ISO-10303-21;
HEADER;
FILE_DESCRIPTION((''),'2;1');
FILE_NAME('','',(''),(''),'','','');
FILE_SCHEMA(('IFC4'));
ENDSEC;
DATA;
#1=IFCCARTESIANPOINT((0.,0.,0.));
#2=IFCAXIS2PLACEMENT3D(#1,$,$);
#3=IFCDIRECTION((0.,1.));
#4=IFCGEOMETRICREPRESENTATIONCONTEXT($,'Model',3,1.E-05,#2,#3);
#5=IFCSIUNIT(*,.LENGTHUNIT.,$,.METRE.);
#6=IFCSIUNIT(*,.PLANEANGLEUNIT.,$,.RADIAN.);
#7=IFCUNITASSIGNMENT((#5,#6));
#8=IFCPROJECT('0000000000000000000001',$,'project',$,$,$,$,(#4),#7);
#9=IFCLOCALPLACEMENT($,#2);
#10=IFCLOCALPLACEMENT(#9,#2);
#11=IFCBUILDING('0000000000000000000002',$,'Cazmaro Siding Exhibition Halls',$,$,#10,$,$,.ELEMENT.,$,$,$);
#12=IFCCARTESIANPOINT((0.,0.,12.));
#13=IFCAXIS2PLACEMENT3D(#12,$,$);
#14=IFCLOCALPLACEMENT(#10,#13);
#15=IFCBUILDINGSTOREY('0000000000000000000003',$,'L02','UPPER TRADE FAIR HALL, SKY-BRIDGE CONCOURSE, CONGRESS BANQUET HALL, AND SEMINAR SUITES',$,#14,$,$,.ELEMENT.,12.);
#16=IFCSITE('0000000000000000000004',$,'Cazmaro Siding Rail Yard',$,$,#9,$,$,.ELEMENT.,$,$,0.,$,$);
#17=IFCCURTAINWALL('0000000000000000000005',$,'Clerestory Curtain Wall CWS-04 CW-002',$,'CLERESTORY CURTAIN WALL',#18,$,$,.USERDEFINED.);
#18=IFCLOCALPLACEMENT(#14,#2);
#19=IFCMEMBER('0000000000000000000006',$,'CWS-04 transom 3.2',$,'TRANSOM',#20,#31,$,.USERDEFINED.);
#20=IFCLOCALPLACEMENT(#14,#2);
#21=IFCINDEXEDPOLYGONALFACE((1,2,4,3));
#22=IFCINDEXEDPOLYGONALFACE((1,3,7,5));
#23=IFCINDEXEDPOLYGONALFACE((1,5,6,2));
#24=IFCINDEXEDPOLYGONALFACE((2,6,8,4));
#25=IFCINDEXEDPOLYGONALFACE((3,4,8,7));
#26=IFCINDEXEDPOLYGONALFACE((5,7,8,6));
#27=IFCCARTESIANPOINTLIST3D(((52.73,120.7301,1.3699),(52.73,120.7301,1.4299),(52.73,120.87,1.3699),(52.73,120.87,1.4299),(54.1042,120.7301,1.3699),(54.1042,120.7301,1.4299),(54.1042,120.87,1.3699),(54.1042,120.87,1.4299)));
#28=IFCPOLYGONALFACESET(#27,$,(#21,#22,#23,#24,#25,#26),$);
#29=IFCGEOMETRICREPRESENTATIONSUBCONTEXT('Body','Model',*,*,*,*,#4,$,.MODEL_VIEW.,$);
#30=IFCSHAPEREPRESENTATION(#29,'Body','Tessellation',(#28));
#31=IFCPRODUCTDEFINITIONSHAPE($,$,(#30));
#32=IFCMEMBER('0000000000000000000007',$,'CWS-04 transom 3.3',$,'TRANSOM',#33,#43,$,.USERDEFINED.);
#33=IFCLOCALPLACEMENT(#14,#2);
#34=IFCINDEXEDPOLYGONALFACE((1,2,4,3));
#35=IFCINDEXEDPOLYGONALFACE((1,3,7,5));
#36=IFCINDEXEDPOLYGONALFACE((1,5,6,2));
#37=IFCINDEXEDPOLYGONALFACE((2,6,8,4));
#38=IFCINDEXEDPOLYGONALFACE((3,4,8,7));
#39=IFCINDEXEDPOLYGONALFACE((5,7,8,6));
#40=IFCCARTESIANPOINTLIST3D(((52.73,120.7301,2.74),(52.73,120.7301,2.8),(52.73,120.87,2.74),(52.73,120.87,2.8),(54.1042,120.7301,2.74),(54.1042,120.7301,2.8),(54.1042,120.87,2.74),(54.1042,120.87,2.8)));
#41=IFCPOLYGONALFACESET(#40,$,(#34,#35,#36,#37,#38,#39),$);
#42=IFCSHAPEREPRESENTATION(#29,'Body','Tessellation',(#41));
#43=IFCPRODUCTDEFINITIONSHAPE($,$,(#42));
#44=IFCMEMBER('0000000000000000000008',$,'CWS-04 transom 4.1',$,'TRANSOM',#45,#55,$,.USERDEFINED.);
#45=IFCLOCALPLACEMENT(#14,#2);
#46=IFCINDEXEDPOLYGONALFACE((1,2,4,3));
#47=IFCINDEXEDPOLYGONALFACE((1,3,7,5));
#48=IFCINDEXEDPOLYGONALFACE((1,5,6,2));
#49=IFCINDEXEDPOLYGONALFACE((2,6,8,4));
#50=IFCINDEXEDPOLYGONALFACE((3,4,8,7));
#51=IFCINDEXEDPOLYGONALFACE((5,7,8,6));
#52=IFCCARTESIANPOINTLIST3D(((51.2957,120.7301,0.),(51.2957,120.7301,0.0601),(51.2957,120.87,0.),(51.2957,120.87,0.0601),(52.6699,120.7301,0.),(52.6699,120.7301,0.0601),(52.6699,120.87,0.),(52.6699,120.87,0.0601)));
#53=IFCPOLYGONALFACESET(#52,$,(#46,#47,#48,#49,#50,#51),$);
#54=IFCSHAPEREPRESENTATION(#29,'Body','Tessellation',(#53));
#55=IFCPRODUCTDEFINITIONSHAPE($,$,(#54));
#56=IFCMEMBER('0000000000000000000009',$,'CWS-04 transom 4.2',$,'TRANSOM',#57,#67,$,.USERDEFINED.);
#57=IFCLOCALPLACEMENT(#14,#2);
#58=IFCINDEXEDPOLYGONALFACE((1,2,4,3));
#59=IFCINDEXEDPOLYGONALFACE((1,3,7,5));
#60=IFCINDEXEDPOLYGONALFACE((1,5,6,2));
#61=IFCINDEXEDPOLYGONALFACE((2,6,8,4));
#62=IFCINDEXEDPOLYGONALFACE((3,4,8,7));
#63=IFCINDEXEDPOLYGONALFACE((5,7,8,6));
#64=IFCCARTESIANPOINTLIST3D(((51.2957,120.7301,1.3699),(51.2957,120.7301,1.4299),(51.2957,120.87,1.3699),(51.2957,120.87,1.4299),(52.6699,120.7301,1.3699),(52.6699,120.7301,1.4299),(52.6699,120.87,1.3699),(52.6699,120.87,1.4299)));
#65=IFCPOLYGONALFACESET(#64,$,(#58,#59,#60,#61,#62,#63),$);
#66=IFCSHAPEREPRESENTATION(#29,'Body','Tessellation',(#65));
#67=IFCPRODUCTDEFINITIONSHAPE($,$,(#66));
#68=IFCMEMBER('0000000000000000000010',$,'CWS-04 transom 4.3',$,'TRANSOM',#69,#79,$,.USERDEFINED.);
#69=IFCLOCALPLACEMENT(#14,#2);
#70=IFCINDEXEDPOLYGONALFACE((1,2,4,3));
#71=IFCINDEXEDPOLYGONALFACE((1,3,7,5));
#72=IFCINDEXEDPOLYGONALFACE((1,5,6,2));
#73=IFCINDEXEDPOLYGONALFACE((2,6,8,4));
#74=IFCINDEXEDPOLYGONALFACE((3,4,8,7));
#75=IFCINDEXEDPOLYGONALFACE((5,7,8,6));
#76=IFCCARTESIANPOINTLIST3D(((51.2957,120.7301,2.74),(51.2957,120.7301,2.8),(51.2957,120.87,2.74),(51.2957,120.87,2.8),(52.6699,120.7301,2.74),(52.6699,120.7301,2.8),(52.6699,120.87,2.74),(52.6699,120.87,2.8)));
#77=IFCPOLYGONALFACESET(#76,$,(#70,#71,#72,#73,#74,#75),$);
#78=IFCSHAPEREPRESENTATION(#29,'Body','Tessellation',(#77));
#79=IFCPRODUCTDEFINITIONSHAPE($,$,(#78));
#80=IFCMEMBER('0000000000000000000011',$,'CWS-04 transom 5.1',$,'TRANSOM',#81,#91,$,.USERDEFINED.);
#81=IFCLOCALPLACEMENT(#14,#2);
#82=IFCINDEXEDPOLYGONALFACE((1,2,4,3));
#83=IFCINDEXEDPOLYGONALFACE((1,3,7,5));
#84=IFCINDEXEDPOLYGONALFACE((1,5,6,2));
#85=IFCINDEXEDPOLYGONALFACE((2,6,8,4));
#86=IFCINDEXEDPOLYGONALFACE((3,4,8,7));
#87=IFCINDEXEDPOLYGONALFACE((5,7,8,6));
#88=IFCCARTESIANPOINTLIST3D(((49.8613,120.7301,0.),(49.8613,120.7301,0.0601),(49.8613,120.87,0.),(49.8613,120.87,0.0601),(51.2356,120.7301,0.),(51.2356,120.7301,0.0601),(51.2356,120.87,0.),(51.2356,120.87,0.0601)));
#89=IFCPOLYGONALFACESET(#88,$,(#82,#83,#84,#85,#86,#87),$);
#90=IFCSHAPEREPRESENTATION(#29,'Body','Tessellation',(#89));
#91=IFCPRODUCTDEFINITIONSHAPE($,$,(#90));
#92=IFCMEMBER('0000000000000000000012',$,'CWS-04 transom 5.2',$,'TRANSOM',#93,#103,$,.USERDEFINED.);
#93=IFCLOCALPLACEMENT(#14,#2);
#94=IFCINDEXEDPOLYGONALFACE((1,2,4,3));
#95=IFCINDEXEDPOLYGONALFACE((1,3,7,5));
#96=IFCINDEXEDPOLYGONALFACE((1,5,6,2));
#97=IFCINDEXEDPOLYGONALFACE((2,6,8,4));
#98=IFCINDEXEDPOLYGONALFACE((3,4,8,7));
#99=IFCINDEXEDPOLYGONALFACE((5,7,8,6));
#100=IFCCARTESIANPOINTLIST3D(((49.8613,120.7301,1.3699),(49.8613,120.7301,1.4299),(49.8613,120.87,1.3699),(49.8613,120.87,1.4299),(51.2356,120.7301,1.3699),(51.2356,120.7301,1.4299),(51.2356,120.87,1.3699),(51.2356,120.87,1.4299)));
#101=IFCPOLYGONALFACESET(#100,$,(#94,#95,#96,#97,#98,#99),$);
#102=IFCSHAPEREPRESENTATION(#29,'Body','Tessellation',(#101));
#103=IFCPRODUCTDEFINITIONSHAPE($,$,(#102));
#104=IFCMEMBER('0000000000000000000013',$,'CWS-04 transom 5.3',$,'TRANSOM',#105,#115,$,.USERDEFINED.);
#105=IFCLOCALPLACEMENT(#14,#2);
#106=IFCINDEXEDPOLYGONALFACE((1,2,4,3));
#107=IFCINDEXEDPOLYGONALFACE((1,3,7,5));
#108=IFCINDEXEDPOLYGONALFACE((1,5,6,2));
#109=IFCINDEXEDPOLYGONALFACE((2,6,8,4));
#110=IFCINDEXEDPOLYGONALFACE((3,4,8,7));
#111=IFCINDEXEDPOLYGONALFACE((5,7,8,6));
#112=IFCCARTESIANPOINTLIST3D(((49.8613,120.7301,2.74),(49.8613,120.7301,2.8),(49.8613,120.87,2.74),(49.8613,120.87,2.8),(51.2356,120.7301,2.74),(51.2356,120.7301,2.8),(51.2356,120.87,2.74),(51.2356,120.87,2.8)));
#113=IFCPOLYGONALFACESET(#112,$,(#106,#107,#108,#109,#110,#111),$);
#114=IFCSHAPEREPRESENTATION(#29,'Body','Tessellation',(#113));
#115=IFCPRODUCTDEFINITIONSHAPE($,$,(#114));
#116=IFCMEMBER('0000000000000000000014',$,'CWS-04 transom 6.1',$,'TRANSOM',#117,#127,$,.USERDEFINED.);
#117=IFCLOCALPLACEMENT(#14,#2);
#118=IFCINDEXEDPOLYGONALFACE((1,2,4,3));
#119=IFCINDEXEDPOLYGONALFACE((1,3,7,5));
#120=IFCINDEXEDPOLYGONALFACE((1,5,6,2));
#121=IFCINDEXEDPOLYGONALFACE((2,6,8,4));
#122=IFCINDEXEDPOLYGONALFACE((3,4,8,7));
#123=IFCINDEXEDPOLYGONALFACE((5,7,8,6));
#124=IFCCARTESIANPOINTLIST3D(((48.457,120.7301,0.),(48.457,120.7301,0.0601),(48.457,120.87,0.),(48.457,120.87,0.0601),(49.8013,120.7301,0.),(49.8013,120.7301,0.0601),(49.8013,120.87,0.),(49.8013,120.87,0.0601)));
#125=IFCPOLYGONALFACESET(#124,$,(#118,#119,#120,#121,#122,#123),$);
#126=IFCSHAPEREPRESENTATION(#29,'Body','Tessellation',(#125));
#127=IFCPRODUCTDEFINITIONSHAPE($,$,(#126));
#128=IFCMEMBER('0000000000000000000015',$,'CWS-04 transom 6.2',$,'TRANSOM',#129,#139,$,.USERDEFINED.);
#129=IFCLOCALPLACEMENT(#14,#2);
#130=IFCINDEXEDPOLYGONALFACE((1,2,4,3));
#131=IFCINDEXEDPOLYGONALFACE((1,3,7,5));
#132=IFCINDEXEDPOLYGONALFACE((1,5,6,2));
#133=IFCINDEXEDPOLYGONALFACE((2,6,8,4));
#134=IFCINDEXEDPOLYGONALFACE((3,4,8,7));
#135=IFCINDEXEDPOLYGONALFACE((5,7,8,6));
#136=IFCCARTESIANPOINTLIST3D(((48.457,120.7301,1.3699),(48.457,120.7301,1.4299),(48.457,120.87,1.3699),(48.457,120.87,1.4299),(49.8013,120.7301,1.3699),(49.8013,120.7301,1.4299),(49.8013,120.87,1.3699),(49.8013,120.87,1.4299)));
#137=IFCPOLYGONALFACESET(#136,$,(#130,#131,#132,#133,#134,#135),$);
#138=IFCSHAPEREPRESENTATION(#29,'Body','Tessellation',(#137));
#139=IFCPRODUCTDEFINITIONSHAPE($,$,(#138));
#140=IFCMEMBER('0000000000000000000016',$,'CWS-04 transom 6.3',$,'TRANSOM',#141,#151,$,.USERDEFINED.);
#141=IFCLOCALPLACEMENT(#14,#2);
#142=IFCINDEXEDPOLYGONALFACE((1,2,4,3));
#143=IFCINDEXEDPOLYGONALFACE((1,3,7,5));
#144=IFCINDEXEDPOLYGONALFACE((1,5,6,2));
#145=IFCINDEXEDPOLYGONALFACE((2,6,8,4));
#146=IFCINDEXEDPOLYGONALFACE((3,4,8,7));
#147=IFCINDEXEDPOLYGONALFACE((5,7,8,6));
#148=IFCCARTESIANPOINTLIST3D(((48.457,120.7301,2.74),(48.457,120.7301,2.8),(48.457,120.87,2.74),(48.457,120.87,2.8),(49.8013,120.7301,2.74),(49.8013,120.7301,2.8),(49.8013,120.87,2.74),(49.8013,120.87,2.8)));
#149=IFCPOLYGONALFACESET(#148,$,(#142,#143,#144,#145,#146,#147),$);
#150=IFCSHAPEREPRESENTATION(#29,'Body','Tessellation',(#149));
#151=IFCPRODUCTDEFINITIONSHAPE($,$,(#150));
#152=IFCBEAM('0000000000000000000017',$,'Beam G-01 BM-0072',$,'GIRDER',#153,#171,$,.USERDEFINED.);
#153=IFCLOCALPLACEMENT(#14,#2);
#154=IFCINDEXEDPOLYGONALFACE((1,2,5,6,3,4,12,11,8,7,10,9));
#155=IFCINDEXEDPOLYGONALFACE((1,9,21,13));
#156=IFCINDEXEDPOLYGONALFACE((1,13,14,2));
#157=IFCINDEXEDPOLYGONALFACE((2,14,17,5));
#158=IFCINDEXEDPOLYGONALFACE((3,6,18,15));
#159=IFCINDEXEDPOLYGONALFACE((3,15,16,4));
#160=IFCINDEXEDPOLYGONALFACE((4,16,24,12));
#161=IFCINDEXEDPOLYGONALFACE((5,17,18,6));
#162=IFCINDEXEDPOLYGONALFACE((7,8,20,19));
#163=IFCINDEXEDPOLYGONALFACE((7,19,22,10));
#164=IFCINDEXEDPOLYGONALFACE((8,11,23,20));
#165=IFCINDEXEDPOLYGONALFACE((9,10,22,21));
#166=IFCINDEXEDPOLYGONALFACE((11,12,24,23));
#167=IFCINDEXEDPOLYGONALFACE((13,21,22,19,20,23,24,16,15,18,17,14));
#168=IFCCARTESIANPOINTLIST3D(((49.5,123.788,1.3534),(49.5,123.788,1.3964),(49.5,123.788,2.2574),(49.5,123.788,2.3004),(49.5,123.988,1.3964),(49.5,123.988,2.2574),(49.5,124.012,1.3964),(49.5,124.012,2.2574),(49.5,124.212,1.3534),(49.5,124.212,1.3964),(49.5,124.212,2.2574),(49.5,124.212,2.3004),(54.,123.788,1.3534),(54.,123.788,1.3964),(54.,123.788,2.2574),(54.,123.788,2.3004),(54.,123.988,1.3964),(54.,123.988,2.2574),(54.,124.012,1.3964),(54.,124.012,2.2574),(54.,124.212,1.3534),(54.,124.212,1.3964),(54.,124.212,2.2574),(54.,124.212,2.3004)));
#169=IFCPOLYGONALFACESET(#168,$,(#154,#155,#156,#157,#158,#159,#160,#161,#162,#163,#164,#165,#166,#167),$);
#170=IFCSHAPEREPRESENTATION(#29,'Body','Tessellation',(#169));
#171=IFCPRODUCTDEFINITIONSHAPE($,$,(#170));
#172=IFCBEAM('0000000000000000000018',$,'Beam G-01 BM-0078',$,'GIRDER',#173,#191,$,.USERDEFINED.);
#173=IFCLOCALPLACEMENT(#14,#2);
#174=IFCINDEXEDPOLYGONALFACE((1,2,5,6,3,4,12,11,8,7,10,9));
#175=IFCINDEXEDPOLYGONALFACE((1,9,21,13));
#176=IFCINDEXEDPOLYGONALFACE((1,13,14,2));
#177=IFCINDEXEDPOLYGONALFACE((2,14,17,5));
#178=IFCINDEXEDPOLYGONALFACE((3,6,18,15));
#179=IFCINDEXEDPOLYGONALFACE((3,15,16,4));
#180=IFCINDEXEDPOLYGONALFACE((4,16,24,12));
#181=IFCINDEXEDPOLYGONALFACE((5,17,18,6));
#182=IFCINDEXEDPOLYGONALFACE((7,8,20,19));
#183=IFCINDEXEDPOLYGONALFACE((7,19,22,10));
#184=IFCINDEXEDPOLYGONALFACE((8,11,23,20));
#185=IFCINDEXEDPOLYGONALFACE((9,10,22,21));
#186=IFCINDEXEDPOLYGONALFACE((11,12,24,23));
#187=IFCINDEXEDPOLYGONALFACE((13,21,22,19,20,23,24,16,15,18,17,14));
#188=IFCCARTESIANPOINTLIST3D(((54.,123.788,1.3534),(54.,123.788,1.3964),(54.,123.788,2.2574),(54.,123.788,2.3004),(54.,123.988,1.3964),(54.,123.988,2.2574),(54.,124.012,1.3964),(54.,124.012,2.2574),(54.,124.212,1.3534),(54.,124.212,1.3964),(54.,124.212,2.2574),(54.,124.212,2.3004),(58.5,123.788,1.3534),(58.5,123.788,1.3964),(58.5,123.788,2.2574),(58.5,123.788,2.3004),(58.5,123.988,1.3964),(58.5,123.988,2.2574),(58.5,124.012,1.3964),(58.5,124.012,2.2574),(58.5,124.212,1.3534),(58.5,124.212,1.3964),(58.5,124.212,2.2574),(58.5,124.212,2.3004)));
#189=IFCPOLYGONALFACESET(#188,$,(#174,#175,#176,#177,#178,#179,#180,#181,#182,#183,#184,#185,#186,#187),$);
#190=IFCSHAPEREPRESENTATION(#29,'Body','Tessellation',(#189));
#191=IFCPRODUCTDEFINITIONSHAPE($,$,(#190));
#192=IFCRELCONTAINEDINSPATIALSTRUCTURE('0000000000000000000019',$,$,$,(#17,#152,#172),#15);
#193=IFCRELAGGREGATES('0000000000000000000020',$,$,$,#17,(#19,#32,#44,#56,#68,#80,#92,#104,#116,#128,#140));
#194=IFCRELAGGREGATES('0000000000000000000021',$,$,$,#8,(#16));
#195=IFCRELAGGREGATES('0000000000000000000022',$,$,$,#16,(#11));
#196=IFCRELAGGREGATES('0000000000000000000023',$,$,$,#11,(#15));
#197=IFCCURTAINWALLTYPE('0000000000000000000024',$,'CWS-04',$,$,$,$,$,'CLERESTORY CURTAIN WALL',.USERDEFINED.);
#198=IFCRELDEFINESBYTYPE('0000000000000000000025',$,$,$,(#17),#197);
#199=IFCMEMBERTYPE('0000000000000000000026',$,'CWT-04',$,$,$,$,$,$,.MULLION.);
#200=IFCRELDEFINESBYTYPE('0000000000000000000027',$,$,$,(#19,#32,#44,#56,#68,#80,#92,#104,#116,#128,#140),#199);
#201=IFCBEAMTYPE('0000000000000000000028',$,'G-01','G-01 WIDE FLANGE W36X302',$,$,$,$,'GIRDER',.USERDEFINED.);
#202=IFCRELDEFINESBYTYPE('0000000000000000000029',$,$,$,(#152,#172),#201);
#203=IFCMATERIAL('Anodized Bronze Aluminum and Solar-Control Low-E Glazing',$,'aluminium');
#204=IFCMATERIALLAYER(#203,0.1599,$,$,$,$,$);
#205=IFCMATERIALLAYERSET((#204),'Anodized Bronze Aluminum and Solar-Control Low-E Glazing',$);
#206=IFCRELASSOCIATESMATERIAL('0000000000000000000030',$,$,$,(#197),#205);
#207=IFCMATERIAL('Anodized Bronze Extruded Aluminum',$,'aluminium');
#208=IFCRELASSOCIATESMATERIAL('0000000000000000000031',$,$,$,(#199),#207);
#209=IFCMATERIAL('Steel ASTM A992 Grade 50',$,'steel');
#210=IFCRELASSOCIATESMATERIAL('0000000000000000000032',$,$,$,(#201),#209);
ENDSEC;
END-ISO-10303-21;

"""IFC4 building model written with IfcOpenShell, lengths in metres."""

from ifc_helpers import new_model, si_unit, direction, frame, origin, origin_2d, place, context, subcontext, project, spatial, rectangle, i_section, extrude, material, layer, layer_set, material_profile, profile_set, type_object, element, aggregate, save


model = new_model("IFC4")

# Units and contexts
model_context = context("Model", 3, precision=1e-05, world=origin(), true_north=direction((0.0, 1.0)))
body_context = subcontext(model_context, "Body", "Model", "MODEL_VIEW")
ifc_project = project(units=[si_unit("LENGTHUNIT", "METRE"), si_unit("PLANEANGLEUNIT", "RADIAN")], contexts=[model_context])

# Site, building, storey
site_placement = place(None, origin())
site = spatial("IfcSite", under=ifc_project, at=site_placement, Name="Cazmaro Siding Rail Yard", CompositionType="ELEMENT", RefElevation=0.0)
building_placement = place(site_placement, origin())
building = spatial("IfcBuilding", under=site, at=building_placement, Name="Cazmaro Siding Exhibition Halls", CompositionType="ELEMENT")
storey_placement = place(building_placement, frame((0.0, 0.0, 12.0)))
storey = spatial("IfcBuildingStorey", under=building, at=storey_placement, Name="L02", Description="UPPER TRADE FAIR HALL, SKY-BRIDGE CONCOURSE, CONGRESS BANQUET HALL, AND SEMINAR SUITES", CompositionType="ELEMENT", Elevation=12.0)

# Curtain wall, members
ifc_material_1 = material(Name="Anodized Bronze Aluminum and Solar-Control Low-E Glazing", Category="aluminium")
ifc_layer_1 = layer(ifc_material_1, 0.1599)
ifc_layer_set_1 = layer_set([ifc_layer_1], Name="Anodized Bronze Aluminum and Solar-Control Low-E Glazing")
curtain_wall_type = type_object("IfcCurtainWallType", Name="CWS-04", ElementType="CLERESTORY CURTAIN WALL", PredefinedType="USERDEFINED", material=ifc_layer_set_1)
curtain_wall_placement = place(storey_placement, origin())
curtain_wall = element("IfcCurtainWall", 1, at=curtain_wall_placement, inside=storey, type_object=curtain_wall_type, Name="Clerestory Curtain Wall CWS-04 CW-002", ObjectType="CLERESTORY CURTAIN WALL", PredefinedType="USERDEFINED")
ifc_material_2 = material(Name="Anodized Bronze Extruded Aluminum", Category="aluminium")
ifc_material_profile_1 = material_profile(ifc_material_2, rectangle(XDim=0.1399, YDim=0.0601, at=origin_2d()), Name="CWT-04")
ifc_profile_set_1 = profile_set([ifc_material_profile_1], Name="Anodized Bronze Extruded Aluminum")
member_type_1 = type_object("IfcMemberType", Name="CWT-04", PredefinedType="MULLION", material=ifc_profile_set_1)
member_1_placement = place(storey_placement, frame((54.1042, 120.8, 1.3999), z_axis=(-1.0, 0.0, 0.0), x_axis=(0.0, -1.0, 0.0)))
member_1 = element("IfcMember", 2, at=member_1_placement, type_object=member_type_1, Name="CWS-04 transom 3.2", ObjectType="TRANSOM", PredefinedType="USERDEFINED", context=body_context, shape_type="SweptSolid", body=[
    extrude(rectangle(XDim=0.1399, YDim=0.0601, at=origin_2d()), origin(), (0.0, 0.0, 1.0), 1.3743),
])
member_2_placement = place(storey_placement, frame((54.1042, 120.8, 2.77), z_axis=(-1.0, 0.0, 0.0), x_axis=(0.0, -1.0, 0.0)))
member_2 = element("IfcMember", 3, at=member_2_placement, type_object=member_type_1, Name="CWS-04 transom 3.3", ObjectType="TRANSOM", PredefinedType="USERDEFINED", context=body_context, shape_type="SweptSolid", body=[
    extrude(rectangle(XDim=0.1399, YDim=0.0601, at=origin_2d()), origin(), (0.0, 0.0, 1.0), 1.3743),
])
member_3_placement = place(storey_placement, frame((52.6699, 120.8, 0.03), z_axis=(-1.0, 0.0, 0.0), x_axis=(0.0, -1.0, 0.0)))
member_3 = element("IfcMember", 4, at=member_3_placement, type_object=member_type_1, Name="CWS-04 transom 4.1", ObjectType="TRANSOM", PredefinedType="USERDEFINED", context=body_context, shape_type="SweptSolid", body=[
    extrude(rectangle(XDim=0.1399, YDim=0.0601, at=origin_2d()), origin(), (0.0, 0.0, 1.0), 1.3743),
])
member_4_placement = place(storey_placement, frame((52.6699, 120.8, 1.3999), z_axis=(-1.0, 0.0, 0.0), x_axis=(0.0, -1.0, 0.0)))
member_4 = element("IfcMember", 5, at=member_4_placement, type_object=member_type_1, Name="CWS-04 transom 4.2", ObjectType="TRANSOM", PredefinedType="USERDEFINED", context=body_context, shape_type="SweptSolid", body=[
    extrude(rectangle(XDim=0.1399, YDim=0.0601, at=origin_2d()), origin(), (0.0, 0.0, 1.0), 1.3743),
])
member_5_placement = place(storey_placement, frame((52.6699, 120.8, 2.77), z_axis=(-1.0, 0.0, 0.0), x_axis=(0.0, -1.0, 0.0)))
member_5 = element("IfcMember", 6, at=member_5_placement, type_object=member_type_1, Name="CWS-04 transom 4.3", ObjectType="TRANSOM", PredefinedType="USERDEFINED", context=body_context, shape_type="SweptSolid", body=[
    extrude(rectangle(XDim=0.1399, YDim=0.0601, at=origin_2d()), origin(), (0.0, 0.0, 1.0), 1.3743),
])
member_6_placement = place(storey_placement, frame((51.2356, 120.8, 0.03), z_axis=(-1.0, 0.0, 0.0), x_axis=(0.0, -1.0, 0.0)))
member_6 = element("IfcMember", 7, at=member_6_placement, type_object=member_type_1, Name="CWS-04 transom 5.1", ObjectType="TRANSOM", PredefinedType="USERDEFINED", context=body_context, shape_type="SweptSolid", body=[
    extrude(rectangle(XDim=0.1399, YDim=0.0601, at=origin_2d()), origin(), (0.0, 0.0, 1.0), 1.3743),
])
member_7_placement = place(storey_placement, frame((51.2356, 120.8, 1.3999), z_axis=(-1.0, 0.0, 0.0), x_axis=(0.0, -1.0, 0.0)))
member_7 = element("IfcMember", 8, at=member_7_placement, type_object=member_type_1, Name="CWS-04 transom 5.2", ObjectType="TRANSOM", PredefinedType="USERDEFINED", context=body_context, shape_type="SweptSolid", body=[
    extrude(rectangle(XDim=0.1399, YDim=0.0601, at=origin_2d()), origin(), (0.0, 0.0, 1.0), 1.3743),
])
member_8_placement = place(storey_placement, frame((51.2356, 120.8, 2.77), z_axis=(-1.0, 0.0, 0.0), x_axis=(0.0, -1.0, 0.0)))
member_8 = element("IfcMember", 9, at=member_8_placement, type_object=member_type_1, Name="CWS-04 transom 5.3", ObjectType="TRANSOM", PredefinedType="USERDEFINED", context=body_context, shape_type="SweptSolid", body=[
    extrude(rectangle(XDim=0.1399, YDim=0.0601, at=origin_2d()), origin(), (0.0, 0.0, 1.0), 1.3743),
])
member_9_placement = place(storey_placement, frame((49.8013, 120.8, 0.03), z_axis=(-1.0, 0.0, 0.0), x_axis=(0.0, -1.0, 0.0)))
member_9 = element("IfcMember", 10, at=member_9_placement, type_object=member_type_1, Name="CWS-04 transom 6.1", ObjectType="TRANSOM", PredefinedType="USERDEFINED", context=body_context, shape_type="SweptSolid", body=[
    extrude(rectangle(XDim=0.1399, YDim=0.0601, at=origin_2d()), origin(), (0.0, 0.0, 1.0), 1.3442),
])
member_10_placement = place(storey_placement, frame((49.8013, 120.8, 1.3999), z_axis=(-1.0, 0.0, 0.0), x_axis=(0.0, -1.0, 0.0)))
member_10 = element("IfcMember", 11, at=member_10_placement, type_object=member_type_1, Name="CWS-04 transom 6.2", ObjectType="TRANSOM", PredefinedType="USERDEFINED", context=body_context, shape_type="SweptSolid", body=[
    extrude(rectangle(XDim=0.1399, YDim=0.0601, at=origin_2d()), origin(), (0.0, 0.0, 1.0), 1.3442),
])
member_11_placement = place(storey_placement, frame((49.8013, 120.8, 2.77), z_axis=(-1.0, 0.0, 0.0), x_axis=(0.0, -1.0, 0.0)))
member_11 = element("IfcMember", 12, at=member_11_placement, type_object=member_type_1, Name="CWS-04 transom 6.3", ObjectType="TRANSOM", PredefinedType="USERDEFINED", context=body_context, shape_type="SweptSolid", body=[
    extrude(rectangle(XDim=0.1399, YDim=0.0601, at=origin_2d()), origin(), (0.0, 0.0, 1.0), 1.3442),
])

# Beams
ifc_material_3 = material(Name="Steel ASTM A992 Grade 50", Category="steel")
ifc_material_profile_2 = material_profile(ifc_material_3, i_section(OverallWidth=0.4241, OverallDepth=0.947, WebThickness=0.0239, FlangeThickness=0.043, at=origin_2d()), Name="W36X302")
ifc_profile_set_2 = profile_set([ifc_material_profile_2], Name="Steel ASTM A992 Grade 50")
beam_type_1 = type_object("IfcBeamType", Name="G-01", Description="G-01 WIDE FLANGE W36X302", ElementType="GIRDER", PredefinedType="USERDEFINED", material=ifc_profile_set_2)
for number, where, z_axis, x_axis, name in (
    (13, (49.5, 124.0, 1.8269), (1.0, 0.0, 0.0), (0.0, 1.0, 0.0), "Beam G-01 BM-0072"),
    (14, (54.0, 124.0, 1.8269), (1.0, 0.0, 0.0), (0.0, 1.0, 0.0), "Beam G-01 BM-0078"),
):
    element("IfcBeam", number, at=place(storey_placement, frame(where, z_axis=z_axis, x_axis=x_axis)), inside=storey, type_object=beam_type_1, Name=name, ObjectType="GIRDER", PredefinedType="USERDEFINED", context=body_context, shape_type="SweptSolid", body=[
        extrude(i_section(OverallWidth=0.4241, OverallDepth=0.947, WebThickness=0.0239, FlangeThickness=0.043, at=origin_2d()), origin(), (0.0, 0.0, 1.0), 4.5),
    ])

aggregate(curtain_wall, [member_1, member_2, member_3, member_4, member_5, member_6, member_7, member_8, member_9, member_10, member_11])

save(model, "model.ifc")
